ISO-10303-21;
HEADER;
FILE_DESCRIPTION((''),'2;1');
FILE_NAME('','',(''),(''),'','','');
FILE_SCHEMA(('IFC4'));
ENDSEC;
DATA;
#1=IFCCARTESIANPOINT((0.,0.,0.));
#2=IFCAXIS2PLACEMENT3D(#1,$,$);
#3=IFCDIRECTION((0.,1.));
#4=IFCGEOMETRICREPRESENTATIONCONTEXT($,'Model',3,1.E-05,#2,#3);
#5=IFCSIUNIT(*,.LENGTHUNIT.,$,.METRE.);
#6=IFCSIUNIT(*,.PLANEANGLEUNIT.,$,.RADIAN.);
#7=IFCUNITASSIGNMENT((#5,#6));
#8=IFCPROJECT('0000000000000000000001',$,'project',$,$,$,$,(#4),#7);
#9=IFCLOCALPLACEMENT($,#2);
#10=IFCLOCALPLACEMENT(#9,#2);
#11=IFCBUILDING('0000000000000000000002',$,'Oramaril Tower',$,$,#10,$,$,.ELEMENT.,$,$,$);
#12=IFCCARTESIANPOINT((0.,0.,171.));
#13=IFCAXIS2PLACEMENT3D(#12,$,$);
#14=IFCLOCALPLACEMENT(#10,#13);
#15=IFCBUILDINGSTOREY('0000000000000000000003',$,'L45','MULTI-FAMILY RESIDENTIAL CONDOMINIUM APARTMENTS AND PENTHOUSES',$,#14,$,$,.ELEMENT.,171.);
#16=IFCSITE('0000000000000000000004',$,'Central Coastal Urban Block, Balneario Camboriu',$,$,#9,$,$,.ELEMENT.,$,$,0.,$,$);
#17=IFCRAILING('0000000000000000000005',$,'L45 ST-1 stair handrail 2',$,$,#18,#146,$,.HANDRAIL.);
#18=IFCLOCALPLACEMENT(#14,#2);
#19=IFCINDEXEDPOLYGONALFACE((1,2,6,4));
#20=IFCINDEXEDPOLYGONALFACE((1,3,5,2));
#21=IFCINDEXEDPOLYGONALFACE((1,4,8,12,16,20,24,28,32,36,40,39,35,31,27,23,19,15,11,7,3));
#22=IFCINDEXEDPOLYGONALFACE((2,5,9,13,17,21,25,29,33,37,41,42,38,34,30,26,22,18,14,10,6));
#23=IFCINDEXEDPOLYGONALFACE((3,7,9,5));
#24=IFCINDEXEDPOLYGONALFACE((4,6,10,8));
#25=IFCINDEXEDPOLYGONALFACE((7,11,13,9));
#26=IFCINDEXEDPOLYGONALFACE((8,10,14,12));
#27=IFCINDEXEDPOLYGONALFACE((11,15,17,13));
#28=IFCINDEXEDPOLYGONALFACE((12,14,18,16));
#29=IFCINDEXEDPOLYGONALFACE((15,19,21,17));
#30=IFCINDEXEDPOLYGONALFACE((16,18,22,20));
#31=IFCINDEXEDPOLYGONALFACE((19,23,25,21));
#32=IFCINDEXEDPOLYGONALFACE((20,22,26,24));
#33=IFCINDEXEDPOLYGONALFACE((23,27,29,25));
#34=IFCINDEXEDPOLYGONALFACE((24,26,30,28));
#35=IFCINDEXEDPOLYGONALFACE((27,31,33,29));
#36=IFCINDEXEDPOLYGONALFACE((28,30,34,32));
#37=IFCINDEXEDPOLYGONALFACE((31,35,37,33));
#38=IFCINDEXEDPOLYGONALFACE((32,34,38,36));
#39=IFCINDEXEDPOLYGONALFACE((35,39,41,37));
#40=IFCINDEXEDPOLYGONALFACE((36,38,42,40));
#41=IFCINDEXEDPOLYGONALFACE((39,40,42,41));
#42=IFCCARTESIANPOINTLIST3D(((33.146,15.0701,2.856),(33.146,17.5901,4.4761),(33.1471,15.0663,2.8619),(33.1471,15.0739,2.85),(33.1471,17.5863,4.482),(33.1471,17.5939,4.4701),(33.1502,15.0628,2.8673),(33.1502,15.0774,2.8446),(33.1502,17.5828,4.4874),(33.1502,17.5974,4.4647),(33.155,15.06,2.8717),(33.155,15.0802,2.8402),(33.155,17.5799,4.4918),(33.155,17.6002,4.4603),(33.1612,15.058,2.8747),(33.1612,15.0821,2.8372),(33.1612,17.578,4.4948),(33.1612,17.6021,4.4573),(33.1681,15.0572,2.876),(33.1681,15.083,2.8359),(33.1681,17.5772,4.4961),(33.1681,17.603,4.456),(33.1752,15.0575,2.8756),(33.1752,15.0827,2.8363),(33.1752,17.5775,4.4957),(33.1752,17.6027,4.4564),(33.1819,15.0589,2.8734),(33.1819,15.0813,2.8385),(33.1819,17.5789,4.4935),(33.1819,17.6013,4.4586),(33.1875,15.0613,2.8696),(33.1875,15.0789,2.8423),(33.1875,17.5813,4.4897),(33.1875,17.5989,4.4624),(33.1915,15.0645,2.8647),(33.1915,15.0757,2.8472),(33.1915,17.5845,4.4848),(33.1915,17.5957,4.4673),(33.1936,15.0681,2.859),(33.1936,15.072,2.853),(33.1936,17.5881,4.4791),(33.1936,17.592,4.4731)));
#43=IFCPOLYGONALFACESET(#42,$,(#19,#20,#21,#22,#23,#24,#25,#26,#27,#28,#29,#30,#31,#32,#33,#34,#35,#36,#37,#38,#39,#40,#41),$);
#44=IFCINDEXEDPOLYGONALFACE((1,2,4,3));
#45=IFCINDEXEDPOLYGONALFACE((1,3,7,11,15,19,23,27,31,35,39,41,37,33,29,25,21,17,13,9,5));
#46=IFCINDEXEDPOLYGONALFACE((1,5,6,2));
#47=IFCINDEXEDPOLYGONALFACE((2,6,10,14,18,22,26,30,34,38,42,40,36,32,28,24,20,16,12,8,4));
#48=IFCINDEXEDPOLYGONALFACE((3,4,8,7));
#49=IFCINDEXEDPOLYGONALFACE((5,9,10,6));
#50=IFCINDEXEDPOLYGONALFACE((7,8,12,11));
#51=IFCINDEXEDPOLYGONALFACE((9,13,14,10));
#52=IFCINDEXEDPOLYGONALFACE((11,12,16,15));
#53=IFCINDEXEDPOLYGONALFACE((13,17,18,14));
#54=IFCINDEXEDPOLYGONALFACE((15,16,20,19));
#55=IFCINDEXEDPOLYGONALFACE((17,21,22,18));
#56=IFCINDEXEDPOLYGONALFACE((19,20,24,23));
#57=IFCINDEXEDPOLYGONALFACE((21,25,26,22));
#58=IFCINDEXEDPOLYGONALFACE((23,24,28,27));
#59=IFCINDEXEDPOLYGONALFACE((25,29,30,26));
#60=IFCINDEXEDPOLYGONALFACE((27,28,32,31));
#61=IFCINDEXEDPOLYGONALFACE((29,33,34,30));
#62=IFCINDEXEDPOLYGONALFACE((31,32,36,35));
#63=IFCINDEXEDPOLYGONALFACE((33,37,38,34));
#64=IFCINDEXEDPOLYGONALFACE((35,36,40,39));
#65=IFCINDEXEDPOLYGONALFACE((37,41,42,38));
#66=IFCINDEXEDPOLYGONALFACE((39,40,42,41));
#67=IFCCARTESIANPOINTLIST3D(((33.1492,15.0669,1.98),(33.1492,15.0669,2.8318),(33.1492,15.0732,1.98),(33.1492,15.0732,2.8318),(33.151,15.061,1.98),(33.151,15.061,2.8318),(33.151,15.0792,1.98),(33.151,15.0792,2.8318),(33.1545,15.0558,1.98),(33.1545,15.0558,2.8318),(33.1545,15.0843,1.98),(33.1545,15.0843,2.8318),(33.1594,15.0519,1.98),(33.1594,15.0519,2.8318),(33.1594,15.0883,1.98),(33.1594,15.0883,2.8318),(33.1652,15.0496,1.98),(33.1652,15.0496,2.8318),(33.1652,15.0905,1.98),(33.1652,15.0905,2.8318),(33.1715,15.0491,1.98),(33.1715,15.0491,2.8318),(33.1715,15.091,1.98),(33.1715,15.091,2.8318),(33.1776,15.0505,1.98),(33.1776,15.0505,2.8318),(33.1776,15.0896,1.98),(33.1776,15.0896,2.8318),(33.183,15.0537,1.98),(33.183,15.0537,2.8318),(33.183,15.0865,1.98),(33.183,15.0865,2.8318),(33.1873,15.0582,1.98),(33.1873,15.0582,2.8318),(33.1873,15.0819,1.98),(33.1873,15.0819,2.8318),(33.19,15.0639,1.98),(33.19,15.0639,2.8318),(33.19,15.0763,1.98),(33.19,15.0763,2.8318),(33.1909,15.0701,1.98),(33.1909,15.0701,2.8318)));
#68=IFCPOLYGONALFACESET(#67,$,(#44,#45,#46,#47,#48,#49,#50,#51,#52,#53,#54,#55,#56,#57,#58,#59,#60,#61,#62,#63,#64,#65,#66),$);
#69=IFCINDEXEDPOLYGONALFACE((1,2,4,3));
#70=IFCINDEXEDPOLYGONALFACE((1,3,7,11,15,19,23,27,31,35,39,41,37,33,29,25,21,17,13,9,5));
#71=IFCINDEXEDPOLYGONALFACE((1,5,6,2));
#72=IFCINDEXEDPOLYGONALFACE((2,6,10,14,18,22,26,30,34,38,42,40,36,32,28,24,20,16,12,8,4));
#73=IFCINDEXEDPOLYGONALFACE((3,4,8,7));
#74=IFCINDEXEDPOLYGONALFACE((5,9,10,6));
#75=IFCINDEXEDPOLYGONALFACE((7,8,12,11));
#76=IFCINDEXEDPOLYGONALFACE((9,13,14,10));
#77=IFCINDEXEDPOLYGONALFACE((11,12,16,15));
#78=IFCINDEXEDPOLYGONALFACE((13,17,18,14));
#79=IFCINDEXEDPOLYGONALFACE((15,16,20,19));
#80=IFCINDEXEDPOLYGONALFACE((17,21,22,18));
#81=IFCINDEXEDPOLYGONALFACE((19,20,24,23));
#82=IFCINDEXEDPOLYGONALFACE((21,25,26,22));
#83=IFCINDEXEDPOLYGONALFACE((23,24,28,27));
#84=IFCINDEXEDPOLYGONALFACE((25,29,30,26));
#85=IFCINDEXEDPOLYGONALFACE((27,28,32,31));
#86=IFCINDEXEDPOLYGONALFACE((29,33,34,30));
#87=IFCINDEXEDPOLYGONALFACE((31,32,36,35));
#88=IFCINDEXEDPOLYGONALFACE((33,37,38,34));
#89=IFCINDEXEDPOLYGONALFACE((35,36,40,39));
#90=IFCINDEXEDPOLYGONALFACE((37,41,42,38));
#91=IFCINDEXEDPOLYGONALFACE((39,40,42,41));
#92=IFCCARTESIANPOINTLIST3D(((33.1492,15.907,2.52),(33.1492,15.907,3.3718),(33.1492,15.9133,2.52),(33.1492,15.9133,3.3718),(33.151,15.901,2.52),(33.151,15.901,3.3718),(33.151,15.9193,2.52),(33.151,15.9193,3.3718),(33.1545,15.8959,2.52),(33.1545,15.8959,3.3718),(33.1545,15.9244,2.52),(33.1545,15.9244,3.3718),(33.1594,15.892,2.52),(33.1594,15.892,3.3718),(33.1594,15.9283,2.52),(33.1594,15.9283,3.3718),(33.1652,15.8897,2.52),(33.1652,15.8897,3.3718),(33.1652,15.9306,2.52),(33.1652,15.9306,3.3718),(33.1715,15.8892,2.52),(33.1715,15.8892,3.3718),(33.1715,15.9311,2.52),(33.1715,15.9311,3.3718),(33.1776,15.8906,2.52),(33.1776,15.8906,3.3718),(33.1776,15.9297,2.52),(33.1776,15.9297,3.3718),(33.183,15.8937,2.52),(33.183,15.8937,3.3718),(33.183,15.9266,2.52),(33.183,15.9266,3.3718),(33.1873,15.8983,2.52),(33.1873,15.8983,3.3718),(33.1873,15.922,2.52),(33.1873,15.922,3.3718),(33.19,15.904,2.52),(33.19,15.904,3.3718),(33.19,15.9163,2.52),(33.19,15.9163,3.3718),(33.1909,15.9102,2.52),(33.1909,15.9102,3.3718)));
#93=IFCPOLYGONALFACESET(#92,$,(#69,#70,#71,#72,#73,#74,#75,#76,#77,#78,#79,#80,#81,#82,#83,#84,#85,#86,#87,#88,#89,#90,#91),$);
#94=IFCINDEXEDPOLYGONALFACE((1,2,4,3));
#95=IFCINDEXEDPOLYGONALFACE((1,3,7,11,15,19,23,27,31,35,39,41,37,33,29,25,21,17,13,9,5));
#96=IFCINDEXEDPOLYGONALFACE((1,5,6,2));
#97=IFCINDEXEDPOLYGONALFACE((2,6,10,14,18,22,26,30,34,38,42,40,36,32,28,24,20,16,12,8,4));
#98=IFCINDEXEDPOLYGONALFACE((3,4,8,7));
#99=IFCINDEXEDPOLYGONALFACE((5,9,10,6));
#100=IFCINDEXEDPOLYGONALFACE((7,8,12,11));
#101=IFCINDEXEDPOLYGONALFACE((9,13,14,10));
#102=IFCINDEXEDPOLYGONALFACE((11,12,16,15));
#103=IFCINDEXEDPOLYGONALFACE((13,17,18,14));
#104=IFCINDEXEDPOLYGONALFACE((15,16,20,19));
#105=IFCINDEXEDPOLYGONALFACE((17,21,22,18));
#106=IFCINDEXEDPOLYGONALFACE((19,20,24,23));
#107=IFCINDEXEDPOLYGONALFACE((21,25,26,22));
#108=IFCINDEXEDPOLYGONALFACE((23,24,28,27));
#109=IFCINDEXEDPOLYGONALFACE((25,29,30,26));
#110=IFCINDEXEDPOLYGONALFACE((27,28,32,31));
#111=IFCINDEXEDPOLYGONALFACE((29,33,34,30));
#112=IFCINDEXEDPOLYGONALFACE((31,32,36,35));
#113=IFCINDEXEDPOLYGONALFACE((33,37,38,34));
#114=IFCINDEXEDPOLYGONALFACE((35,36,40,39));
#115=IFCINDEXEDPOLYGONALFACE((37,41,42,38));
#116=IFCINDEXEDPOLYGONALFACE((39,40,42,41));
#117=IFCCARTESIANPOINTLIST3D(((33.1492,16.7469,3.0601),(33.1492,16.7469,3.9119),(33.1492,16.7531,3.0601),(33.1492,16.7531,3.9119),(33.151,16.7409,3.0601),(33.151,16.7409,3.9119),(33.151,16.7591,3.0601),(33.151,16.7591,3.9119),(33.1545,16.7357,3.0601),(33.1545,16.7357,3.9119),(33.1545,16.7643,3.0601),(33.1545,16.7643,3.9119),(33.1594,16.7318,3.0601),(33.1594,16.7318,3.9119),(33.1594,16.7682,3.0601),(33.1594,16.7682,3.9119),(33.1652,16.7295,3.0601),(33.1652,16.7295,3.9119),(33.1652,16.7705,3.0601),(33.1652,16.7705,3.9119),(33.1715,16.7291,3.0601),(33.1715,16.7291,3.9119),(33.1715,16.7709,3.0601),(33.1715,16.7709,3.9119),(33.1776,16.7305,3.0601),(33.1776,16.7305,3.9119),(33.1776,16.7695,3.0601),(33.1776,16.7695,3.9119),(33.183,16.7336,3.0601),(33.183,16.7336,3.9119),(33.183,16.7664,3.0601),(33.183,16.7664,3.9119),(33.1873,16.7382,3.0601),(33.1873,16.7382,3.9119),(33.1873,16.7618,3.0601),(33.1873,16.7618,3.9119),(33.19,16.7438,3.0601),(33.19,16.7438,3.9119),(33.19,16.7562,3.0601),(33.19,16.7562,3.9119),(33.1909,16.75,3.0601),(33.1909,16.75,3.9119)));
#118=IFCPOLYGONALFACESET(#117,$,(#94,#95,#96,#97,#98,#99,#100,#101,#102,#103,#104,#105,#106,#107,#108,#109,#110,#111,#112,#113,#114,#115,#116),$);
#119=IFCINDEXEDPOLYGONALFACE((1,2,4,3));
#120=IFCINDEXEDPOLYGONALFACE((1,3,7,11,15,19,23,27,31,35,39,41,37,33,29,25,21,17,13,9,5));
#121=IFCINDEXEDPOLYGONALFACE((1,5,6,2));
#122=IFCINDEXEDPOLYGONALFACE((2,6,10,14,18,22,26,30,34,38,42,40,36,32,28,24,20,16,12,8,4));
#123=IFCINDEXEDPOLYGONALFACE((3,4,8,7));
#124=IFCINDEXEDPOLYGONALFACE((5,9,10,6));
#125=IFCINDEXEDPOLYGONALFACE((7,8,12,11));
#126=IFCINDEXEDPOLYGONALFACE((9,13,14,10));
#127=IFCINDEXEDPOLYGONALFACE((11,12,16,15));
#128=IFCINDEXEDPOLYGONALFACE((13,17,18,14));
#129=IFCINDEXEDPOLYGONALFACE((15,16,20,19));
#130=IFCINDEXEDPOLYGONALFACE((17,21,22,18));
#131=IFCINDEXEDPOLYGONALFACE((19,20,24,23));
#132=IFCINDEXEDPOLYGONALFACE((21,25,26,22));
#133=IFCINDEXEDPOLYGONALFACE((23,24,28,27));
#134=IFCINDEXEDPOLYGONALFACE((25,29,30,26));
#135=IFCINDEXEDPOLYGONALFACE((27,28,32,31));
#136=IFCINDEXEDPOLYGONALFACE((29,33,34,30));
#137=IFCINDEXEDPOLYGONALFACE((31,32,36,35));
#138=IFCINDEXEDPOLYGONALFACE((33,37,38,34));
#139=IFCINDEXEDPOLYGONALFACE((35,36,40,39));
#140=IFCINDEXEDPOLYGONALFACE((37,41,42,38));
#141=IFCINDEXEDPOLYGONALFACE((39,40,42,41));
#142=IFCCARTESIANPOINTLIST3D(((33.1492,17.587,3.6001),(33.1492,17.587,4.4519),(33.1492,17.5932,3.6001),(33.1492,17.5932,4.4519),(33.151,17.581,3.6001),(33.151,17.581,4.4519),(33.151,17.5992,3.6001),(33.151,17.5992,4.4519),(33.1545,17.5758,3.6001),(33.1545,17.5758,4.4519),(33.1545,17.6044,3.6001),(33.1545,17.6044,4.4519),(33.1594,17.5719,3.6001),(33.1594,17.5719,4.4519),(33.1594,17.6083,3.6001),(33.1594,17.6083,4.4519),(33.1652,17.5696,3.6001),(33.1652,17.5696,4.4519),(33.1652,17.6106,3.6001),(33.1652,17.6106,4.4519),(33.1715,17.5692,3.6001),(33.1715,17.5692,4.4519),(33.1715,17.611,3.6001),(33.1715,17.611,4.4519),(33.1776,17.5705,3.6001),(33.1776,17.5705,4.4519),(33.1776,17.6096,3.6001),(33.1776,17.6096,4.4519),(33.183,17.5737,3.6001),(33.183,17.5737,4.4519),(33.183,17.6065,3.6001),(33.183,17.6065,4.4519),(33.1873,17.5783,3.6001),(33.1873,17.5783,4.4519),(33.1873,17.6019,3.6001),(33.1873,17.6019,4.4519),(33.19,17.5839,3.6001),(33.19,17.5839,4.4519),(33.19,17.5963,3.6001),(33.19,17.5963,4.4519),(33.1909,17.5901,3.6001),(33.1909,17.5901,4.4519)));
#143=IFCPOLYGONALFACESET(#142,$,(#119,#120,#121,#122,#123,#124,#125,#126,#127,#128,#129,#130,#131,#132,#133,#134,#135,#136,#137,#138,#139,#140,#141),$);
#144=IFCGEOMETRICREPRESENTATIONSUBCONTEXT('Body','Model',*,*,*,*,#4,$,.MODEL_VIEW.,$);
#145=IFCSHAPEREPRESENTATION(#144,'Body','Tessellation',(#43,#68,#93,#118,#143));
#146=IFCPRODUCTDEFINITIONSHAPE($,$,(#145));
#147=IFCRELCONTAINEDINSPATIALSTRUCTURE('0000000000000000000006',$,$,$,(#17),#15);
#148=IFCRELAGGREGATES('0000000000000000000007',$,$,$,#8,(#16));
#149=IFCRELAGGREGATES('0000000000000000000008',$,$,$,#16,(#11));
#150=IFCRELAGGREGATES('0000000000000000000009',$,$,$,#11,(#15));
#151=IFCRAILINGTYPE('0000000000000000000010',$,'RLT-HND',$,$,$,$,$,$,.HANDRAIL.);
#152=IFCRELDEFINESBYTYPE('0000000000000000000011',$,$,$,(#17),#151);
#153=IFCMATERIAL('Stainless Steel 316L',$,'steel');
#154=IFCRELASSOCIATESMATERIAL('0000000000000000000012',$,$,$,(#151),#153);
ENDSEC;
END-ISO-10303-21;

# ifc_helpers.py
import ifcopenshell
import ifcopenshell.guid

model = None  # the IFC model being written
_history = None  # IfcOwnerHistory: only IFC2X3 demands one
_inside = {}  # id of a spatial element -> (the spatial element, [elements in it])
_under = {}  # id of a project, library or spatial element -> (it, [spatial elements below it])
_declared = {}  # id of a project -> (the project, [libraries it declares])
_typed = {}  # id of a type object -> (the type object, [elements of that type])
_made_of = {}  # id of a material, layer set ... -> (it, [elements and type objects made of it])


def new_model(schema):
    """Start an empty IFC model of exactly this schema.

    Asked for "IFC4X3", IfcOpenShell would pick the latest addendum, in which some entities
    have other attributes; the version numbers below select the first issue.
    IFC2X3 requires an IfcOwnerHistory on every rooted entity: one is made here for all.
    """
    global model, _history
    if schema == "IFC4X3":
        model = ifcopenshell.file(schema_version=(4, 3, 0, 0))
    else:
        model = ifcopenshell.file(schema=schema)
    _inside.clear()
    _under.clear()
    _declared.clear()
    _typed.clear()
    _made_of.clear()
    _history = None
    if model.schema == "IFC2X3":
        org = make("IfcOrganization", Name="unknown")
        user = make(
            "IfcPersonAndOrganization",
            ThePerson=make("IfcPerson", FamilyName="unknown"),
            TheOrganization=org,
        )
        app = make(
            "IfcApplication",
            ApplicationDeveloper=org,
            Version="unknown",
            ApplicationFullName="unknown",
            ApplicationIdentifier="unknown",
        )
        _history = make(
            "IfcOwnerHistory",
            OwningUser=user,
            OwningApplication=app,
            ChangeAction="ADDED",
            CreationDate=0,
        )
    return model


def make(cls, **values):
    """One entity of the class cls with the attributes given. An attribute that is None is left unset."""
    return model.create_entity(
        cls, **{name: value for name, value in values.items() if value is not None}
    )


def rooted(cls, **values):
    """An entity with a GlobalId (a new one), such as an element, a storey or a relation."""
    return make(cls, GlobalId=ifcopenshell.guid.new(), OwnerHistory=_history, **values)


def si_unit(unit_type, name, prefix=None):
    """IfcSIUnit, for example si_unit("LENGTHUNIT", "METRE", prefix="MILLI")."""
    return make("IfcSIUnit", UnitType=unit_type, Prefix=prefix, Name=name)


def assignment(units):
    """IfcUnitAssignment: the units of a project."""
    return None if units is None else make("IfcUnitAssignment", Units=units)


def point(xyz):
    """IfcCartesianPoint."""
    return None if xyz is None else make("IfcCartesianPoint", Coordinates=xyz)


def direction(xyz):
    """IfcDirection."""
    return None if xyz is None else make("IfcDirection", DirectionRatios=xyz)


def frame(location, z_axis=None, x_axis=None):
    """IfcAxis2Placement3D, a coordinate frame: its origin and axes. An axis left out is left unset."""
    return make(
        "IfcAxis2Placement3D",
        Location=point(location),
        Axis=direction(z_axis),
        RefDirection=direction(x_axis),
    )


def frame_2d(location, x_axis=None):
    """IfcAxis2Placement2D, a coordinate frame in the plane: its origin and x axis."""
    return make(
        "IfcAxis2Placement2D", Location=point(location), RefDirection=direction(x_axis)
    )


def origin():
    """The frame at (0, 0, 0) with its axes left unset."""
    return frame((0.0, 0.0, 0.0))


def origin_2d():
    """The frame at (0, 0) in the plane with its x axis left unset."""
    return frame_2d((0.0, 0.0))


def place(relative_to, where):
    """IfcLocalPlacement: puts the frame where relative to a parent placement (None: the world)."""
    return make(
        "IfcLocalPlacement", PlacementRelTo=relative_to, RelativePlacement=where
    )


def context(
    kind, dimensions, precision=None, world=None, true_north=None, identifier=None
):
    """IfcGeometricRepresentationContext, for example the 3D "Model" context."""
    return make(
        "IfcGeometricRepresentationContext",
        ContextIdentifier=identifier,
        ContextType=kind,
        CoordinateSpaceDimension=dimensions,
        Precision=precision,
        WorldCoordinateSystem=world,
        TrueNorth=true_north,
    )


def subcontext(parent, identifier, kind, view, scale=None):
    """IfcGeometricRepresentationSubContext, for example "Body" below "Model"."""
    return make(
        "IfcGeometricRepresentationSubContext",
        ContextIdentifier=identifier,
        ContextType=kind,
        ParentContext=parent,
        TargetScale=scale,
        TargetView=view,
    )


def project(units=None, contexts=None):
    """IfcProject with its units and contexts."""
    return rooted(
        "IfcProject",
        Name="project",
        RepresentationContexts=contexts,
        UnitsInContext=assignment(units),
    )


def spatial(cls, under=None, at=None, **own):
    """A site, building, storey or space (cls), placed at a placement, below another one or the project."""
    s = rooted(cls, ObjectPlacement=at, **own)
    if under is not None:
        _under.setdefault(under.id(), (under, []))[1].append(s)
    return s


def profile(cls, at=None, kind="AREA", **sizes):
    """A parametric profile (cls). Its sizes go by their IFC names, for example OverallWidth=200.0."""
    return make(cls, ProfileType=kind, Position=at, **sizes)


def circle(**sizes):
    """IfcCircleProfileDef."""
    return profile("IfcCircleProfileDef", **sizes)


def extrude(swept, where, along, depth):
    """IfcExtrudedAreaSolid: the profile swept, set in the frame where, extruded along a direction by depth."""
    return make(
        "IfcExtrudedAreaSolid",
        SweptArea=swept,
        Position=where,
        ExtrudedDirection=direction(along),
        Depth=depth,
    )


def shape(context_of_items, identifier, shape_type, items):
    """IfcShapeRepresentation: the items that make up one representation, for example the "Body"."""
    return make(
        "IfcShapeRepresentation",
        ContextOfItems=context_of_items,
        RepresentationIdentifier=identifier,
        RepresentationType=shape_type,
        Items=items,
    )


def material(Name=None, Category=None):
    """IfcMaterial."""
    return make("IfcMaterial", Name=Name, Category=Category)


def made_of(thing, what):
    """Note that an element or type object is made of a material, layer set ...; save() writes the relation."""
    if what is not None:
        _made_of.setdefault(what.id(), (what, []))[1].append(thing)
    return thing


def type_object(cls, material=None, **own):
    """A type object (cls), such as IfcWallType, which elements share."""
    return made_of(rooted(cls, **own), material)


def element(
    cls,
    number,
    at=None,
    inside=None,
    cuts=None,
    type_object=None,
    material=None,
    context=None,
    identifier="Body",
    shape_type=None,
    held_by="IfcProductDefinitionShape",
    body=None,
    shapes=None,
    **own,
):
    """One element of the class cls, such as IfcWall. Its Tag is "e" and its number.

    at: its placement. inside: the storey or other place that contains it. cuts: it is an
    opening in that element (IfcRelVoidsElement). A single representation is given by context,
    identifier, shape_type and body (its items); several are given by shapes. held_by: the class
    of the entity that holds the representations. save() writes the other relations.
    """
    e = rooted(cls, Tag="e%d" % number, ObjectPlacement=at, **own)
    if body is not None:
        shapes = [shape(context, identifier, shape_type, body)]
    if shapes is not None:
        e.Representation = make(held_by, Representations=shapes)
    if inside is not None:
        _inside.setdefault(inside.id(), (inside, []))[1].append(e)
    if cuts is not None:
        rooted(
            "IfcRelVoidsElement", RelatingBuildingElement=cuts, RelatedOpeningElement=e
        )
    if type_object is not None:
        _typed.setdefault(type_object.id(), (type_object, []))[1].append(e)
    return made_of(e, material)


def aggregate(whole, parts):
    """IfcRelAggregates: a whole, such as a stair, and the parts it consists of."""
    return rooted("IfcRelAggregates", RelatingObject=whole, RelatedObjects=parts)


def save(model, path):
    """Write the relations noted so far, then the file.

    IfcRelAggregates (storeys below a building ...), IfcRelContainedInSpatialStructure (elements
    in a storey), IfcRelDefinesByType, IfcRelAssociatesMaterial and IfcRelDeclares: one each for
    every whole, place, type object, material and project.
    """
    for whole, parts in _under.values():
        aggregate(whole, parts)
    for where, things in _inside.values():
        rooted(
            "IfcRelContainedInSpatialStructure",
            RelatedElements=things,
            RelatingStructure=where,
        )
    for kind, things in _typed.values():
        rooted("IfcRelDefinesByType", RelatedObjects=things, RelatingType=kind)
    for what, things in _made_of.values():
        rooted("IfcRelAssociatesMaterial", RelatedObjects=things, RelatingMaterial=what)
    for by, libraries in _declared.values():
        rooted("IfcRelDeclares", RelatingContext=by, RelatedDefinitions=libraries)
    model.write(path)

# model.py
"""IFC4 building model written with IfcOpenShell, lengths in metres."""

from ifc_helpers import new_model, si_unit, direction, frame, origin, origin_2d, place, context, subcontext, project, spatial, circle, extrude, material, type_object, element, save


model = new_model("IFC4")

# Units and contexts
model_context = context("Model", 3, precision=1e-05, world=origin(), true_north=direction((0.0, 1.0)))
body_context = subcontext(model_context, "Body", "Model", "MODEL_VIEW")
ifc_project = project(units=[si_unit("LENGTHUNIT", "METRE"), si_unit("PLANEANGLEUNIT", "RADIAN")], contexts=[model_context])

# Site, building, storey
site_placement = place(None, origin())
site = spatial("IfcSite", under=ifc_project, at=site_placement, Name="Central Coastal Urban Block, Balneario Camboriu", CompositionType="ELEMENT", RefElevation=0.0)
building_placement = place(site_placement, origin())
building = spatial("IfcBuilding", under=site, at=building_placement, Name="Oramaril Tower", CompositionType="ELEMENT")
storey_placement = place(building_placement, frame((0.0, 0.0, 171.0)))
storey = spatial("IfcBuildingStorey", under=building, at=storey_placement, Name="L45", Description="MULTI-FAMILY RESIDENTIAL CONDOMINIUM APARTMENTS AND PENTHOUSES", CompositionType="ELEMENT", Elevation=171.0)

# Railing
ifc_material_1 = material(Name="Stainless Steel 316L", Category="steel")
railing_type_1 = type_object("IfcRailingType", Name="RLT-HND", PredefinedType="HANDRAIL", material=ifc_material_1)
railing_1_placement = place(storey_placement, frame((33.1699, 15.0701, 1.98)))
element("IfcRailing", 1, at=railing_1_placement, inside=storey, type_object=railing_type_1, Name="L45 ST-1 stair handrail 2", PredefinedType="HANDRAIL", context=body_context, shape_type="SweptSolid", body=[
    extrude(circle(Radius=0.0239, at=origin_2d()), frame((0.0, 0.0, 0.876), z_axis=(0.0, 0.841163, 0.540782), x_axis=(-1.0, 0.0, 0.0)), (0.0, 0.0, 1.0), 2.9958),
    extrude(circle(Radius=0.021, at=origin_2d()), origin(), (0.0, 0.0, 1.0), 0.8518),
    extrude(circle(Radius=0.021, at=origin_2d()), frame((0.0, 0.8401, 0.54)), (0.0, 0.0, 1.0), 0.8518),
    extrude(circle(Radius=0.021, at=origin_2d()), frame((0.0, 1.6799, 1.0801)), (0.0, 0.0, 1.0), 0.8518),
    extrude(circle(Radius=0.021, at=origin_2d()), frame((0.0, 2.52, 1.6201)), (0.0, 0.0, 1.0), 0.8518),
])

save(model, "model.ifc")
